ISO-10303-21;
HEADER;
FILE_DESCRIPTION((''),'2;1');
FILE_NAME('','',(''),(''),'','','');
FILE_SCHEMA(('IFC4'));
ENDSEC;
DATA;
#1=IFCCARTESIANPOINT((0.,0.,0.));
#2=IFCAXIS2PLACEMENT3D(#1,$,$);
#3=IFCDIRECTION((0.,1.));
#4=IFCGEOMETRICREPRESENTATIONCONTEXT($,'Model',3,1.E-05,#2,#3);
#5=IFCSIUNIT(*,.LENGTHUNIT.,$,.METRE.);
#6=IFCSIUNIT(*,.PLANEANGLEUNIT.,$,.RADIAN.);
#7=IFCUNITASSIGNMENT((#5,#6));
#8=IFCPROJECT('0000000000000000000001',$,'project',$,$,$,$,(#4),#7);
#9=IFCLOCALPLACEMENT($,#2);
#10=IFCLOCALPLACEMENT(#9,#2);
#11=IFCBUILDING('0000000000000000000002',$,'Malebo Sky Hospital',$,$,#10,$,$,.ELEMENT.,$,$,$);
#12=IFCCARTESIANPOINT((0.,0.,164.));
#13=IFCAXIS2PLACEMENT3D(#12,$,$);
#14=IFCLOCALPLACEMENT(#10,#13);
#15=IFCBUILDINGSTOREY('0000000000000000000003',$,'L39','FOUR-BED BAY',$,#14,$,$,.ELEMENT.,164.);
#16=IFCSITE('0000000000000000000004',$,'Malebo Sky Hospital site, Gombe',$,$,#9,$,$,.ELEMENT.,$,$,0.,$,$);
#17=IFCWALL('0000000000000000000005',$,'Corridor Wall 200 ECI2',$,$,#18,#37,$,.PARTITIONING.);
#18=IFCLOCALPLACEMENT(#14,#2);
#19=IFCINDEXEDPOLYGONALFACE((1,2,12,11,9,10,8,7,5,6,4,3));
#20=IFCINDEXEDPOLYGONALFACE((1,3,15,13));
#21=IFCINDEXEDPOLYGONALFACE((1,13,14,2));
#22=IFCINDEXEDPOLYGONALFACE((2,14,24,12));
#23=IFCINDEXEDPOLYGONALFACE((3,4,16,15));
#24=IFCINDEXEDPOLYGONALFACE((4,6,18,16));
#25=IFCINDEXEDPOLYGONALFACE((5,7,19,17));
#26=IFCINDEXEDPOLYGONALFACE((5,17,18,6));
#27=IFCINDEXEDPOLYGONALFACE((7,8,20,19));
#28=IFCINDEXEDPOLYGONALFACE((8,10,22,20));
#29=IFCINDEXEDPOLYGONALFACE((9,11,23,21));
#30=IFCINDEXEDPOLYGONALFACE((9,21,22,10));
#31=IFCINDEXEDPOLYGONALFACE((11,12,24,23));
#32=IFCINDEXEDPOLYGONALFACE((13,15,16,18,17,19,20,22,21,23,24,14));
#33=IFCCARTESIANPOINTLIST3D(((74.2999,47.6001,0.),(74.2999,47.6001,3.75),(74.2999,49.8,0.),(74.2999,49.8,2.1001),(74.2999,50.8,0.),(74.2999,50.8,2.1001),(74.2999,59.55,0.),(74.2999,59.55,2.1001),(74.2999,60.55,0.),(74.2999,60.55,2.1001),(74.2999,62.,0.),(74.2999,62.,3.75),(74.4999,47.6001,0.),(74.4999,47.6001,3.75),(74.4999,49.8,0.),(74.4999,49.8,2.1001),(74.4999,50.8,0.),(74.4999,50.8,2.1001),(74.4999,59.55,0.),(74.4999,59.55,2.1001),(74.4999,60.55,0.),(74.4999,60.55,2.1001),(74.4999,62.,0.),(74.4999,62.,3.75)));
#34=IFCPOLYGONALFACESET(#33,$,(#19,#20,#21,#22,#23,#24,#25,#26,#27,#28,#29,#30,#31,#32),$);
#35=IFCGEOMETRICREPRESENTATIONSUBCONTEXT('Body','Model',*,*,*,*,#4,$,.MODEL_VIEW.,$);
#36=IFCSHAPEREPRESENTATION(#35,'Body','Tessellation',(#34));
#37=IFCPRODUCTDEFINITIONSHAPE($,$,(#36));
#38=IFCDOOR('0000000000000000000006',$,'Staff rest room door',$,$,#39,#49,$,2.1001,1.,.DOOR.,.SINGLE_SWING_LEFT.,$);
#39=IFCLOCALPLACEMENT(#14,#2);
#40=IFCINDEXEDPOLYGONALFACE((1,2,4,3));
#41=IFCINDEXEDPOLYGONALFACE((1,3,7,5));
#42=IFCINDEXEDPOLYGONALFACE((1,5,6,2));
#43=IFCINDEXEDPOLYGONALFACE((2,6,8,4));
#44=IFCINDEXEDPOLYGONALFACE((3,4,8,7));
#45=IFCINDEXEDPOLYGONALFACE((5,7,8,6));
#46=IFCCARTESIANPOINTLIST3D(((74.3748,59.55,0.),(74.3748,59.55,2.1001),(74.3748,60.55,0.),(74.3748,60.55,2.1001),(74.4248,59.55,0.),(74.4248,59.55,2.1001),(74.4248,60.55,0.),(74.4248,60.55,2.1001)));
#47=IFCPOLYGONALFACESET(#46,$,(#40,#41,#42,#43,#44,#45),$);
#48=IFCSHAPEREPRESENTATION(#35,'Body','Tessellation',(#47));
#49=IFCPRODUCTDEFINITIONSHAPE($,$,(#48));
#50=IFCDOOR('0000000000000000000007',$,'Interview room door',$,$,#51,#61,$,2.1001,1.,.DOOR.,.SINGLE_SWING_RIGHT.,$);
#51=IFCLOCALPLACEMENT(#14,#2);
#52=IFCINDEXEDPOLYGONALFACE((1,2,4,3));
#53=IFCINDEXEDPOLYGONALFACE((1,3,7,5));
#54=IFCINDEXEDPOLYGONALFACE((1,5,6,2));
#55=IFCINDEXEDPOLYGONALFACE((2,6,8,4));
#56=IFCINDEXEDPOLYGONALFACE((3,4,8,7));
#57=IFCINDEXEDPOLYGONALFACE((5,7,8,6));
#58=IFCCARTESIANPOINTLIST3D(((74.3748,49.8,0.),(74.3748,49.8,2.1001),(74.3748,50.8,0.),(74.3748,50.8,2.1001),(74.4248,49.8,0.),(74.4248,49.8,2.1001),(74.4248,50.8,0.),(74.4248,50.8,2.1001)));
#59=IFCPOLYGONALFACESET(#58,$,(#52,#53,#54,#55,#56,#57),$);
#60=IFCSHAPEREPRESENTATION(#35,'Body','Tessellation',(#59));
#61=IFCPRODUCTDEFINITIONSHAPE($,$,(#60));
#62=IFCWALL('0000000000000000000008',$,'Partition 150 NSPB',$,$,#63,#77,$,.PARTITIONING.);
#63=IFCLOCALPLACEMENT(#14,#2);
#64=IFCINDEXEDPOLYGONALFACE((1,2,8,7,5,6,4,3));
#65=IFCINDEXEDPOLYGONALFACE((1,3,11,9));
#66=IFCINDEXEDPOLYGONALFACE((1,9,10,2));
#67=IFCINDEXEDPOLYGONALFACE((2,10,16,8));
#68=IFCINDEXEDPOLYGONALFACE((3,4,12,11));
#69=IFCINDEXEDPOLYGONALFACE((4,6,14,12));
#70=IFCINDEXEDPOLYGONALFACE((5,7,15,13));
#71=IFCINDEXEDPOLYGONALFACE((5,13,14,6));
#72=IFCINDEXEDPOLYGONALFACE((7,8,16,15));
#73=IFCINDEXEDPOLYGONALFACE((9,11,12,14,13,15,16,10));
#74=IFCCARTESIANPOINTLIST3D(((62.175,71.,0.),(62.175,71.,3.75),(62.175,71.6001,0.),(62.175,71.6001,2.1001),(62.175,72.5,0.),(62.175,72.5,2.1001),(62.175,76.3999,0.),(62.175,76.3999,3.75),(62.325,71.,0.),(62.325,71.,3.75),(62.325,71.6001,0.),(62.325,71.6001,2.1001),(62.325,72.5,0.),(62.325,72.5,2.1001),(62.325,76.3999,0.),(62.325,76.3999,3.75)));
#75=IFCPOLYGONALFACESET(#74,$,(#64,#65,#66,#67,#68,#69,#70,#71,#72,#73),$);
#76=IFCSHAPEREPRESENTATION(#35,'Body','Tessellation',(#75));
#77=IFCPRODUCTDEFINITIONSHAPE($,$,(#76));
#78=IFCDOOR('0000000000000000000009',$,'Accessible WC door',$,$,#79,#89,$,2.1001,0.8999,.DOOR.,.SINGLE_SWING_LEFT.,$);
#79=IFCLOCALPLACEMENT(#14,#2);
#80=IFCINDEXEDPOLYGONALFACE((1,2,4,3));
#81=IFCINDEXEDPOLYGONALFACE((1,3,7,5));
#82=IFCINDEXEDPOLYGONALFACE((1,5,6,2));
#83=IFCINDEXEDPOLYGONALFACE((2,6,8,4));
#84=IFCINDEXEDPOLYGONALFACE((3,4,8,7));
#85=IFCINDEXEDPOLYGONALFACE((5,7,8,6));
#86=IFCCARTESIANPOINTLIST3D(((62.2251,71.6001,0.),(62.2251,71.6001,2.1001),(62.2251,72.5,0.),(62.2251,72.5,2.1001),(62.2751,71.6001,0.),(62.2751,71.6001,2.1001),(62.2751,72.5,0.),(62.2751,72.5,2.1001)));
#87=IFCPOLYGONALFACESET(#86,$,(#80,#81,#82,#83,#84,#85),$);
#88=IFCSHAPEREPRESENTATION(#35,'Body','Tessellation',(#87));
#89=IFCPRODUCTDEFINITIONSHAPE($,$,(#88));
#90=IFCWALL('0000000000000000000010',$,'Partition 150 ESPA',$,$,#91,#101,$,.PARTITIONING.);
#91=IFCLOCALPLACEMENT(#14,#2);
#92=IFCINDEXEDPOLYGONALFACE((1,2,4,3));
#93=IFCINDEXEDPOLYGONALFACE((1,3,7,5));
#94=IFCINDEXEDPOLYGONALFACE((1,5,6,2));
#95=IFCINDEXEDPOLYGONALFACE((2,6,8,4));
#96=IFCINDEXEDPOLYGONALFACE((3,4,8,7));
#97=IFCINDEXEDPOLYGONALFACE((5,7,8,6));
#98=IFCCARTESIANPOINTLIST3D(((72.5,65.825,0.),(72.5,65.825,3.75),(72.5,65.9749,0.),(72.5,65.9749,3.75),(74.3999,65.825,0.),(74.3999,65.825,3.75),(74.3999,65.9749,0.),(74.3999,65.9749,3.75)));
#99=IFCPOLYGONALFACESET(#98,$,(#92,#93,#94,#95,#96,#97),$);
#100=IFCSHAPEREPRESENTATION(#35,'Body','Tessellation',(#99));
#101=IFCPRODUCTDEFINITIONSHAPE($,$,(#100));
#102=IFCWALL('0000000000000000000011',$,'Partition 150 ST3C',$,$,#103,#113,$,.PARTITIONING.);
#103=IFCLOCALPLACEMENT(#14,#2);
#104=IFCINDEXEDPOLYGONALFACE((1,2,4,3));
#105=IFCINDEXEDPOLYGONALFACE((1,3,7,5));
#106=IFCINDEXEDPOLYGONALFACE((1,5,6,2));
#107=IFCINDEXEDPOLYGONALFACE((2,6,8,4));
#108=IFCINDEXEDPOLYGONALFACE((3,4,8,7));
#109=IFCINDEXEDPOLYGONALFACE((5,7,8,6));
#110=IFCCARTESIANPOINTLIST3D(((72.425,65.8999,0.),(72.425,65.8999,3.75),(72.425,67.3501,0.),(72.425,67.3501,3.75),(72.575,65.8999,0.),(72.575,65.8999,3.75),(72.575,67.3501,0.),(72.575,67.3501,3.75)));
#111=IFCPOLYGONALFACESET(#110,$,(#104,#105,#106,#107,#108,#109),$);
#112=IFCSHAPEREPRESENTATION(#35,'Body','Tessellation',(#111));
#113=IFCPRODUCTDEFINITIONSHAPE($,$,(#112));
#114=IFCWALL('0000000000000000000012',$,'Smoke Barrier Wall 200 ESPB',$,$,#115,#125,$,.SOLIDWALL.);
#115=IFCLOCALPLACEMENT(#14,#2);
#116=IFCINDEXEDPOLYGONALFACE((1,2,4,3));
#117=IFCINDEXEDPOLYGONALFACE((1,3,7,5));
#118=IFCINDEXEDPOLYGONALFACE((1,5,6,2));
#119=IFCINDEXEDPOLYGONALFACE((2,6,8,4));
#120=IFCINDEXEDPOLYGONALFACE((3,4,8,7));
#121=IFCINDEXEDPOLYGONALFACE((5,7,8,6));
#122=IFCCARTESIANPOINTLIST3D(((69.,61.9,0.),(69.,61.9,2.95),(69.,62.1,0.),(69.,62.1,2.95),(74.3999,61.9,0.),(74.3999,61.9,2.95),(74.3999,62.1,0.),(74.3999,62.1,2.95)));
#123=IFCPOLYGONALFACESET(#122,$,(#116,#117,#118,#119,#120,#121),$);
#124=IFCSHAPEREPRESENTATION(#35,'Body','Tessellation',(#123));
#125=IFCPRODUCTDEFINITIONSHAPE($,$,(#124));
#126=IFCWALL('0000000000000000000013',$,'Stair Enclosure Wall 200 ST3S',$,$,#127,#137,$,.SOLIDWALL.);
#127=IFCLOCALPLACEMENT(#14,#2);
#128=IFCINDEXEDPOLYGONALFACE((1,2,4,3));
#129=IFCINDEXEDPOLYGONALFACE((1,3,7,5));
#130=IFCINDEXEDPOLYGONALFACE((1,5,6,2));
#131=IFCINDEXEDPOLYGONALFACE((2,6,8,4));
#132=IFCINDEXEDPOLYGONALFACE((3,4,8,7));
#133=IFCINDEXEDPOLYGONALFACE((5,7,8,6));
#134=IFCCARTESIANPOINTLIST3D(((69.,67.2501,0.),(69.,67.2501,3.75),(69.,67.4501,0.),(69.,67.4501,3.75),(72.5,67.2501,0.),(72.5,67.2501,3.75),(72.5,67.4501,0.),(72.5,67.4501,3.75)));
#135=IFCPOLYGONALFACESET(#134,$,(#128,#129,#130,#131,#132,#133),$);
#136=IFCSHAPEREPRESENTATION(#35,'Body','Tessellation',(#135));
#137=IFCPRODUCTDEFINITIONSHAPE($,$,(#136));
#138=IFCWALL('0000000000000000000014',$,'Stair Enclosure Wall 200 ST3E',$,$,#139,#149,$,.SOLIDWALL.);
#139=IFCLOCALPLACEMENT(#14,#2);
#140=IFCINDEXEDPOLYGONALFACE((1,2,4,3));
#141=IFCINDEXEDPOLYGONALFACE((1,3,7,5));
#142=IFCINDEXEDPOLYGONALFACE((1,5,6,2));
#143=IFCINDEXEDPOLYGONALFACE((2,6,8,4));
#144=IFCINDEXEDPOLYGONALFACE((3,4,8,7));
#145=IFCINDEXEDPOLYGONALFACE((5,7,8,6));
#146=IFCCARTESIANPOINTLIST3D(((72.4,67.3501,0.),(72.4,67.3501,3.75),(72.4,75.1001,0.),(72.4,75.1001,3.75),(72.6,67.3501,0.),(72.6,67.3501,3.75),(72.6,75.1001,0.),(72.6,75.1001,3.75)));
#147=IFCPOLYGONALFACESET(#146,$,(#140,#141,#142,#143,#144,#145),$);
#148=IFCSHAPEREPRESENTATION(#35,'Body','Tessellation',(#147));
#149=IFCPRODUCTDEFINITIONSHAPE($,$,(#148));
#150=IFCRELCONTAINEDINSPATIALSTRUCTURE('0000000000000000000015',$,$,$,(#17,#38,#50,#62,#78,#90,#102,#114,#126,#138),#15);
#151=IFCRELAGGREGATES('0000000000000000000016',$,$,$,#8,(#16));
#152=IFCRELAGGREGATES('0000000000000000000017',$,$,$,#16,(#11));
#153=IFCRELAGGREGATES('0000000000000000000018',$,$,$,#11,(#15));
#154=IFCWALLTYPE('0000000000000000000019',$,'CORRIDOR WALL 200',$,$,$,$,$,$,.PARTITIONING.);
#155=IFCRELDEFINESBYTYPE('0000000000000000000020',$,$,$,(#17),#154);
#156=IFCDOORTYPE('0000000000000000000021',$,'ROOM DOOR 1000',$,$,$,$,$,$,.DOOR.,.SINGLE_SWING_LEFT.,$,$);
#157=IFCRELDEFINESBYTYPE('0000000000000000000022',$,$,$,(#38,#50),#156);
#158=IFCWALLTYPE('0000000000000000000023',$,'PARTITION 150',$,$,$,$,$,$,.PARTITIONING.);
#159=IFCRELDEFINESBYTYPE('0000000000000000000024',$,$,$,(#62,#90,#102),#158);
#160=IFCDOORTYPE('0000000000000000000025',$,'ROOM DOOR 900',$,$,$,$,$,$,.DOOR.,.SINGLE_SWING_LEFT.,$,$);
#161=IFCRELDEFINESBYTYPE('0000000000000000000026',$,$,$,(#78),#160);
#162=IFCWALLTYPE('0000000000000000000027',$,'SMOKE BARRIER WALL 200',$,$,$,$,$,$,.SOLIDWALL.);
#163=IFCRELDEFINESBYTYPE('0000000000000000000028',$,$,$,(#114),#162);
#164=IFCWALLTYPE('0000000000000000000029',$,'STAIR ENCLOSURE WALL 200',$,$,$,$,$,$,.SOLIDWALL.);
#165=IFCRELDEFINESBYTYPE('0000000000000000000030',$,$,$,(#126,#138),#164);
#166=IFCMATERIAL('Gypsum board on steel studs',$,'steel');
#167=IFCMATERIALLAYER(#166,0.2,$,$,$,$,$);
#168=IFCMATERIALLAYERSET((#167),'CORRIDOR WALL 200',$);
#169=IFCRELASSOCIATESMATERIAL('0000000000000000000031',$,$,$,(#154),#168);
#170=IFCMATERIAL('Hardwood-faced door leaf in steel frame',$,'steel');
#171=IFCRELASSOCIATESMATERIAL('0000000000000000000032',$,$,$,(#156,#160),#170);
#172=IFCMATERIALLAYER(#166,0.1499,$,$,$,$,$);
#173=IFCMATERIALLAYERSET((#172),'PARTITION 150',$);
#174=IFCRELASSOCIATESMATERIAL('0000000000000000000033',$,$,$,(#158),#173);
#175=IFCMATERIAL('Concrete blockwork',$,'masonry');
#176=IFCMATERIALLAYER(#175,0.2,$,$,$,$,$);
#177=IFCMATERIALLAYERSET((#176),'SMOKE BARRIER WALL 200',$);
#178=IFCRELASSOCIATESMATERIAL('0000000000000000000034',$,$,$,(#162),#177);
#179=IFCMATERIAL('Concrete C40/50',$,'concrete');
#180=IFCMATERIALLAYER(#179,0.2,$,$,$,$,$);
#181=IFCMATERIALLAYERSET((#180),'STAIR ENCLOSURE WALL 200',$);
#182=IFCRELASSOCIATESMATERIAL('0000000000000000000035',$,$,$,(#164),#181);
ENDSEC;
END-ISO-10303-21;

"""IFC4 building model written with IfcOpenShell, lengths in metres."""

from ifc_helpers import new_model, si_unit, direction, frame, frame_2d, origin, place, context, subcontext, project, spatial, rectangle, extrude, material, layer, layer_set, type_object, element, fill, save


model = new_model("IFC4")

# Units and contexts
model_context = context("Model", 3, precision=1e-05, world=origin(), true_north=direction((0.0, 1.0)))
body_context = subcontext(model_context, "Body", "Model", "MODEL_VIEW")
ifc_project = project(units=[si_unit("LENGTHUNIT", "METRE"), si_unit("PLANEANGLEUNIT", "RADIAN")], contexts=[model_context])

# Site, building, storey
site_placement = place(None, origin())
site = spatial("IfcSite", under=ifc_project, at=site_placement, Name="Malebo Sky Hospital site, Gombe", CompositionType="ELEMENT", RefElevation=0.0)
building_placement = place(site_placement, origin())
building = spatial("IfcBuilding", under=site, at=building_placement, Name="Malebo Sky Hospital", CompositionType="ELEMENT")
storey_placement = place(building_placement, frame((0.0, 0.0, 164.0)))
storey = spatial("IfcBuildingStorey", under=building, at=storey_placement, Name="L39", Description="FOUR-BED BAY", CompositionType="ELEMENT", Elevation=164.0)

# Wall, openings, doors
ifc_material_1 = material(Name="Gypsum board on steel studs", Category="steel")
ifc_layer_1 = layer(ifc_material_1, 0.2)
ifc_layer_set_1 = layer_set([ifc_layer_1], Name="CORRIDOR WALL 200")
wall_type_1 = type_object("IfcWallType", Name="CORRIDOR WALL 200", PredefinedType="PARTITIONING", material=ifc_layer_set_1)
wall_1_placement = place(storey_placement, frame((74.3999, 62.0, 0.0), z_axis=(0.0, 0.0, 1.0), x_axis=(0.0, -1.0, 0.0)))
wall_1 = element("IfcWall", 1, at=wall_1_placement, inside=storey, type_object=wall_type_1, Name="Corridor Wall 200 ECI2", PredefinedType="PARTITIONING", context=body_context, shape_type="SweptSolid", body=[
    extrude(rectangle(XDim=14.3999, YDim=0.2, at=frame_2d((7.2, 0.0))), origin(), (0.0, 0.0, 1.0), 3.75),
])
opening_1_placement = place(wall_1_placement, frame((1.45, 0.0, 0.0)))
opening_1 = element("IfcOpeningElement", 2, at=opening_1_placement, cuts=wall_1, PredefinedType="OPENING", context=body_context, shape_type="SweptSolid", body=[
    extrude(rectangle(XDim=1.0, YDim=2.1001, at=frame_2d((0.5, 1.05))), frame((0.0, 0.1099, 0.0), z_axis=(0.0, -1.0, 0.0), x_axis=(1.0, 0.0, 0.0)), (0.0, 0.0, 1.0), 0.22),
])
opening_2_placement = place(wall_1_placement, frame((11.2, 0.0, 0.0)))
opening_2 = element("IfcOpeningElement", 3, at=opening_2_placement, cuts=wall_1, PredefinedType="OPENING", context=body_context, shape_type="SweptSolid", body=[
    extrude(rectangle(XDim=1.0, YDim=2.1001, at=frame_2d((0.5, 1.05))), frame((0.0, 0.1099, 0.0), z_axis=(0.0, -1.0, 0.0), x_axis=(1.0, 0.0, 0.0)), (0.0, 0.0, 1.0), 0.22),
])
ifc_material_2 = material(Name="Hardwood-faced door leaf in steel frame", Category="steel")
door_type_1 = type_object("IfcDoorType", Name="ROOM DOOR 1000", OperationType="SINGLE_SWING_LEFT", PredefinedType="DOOR", material=ifc_material_2)
door_1_placement = place(opening_1_placement, origin())
door_1 = element("IfcDoor", 4, at=door_1_placement, inside=storey, type_object=door_type_1, Name="Staff rest room door", OperationType="SINGLE_SWING_LEFT", OverallHeight=2.1001, OverallWidth=1.0, PredefinedType="DOOR", context=body_context, shape_type="SweptSolid", body=[
    extrude(rectangle(XDim=1.0, YDim=2.1001, at=frame_2d((0.5, 1.05))), frame((0.0, 0.0249, 0.0), z_axis=(0.0, -1.0, 0.0), x_axis=(1.0, 0.0, 0.0)), (0.0, 0.0, 1.0), 0.05),
])
fill(opening_1, door_1)
door_2_placement = place(opening_2_placement, origin())
door_2 = element("IfcDoor", 5, at=door_2_placement, inside=storey, type_object=door_type_1, Name="Interview room door", OperationType="SINGLE_SWING_RIGHT", OverallHeight=2.1001, OverallWidth=1.0, PredefinedType="DOOR", context=body_context, shape_type="SweptSolid", body=[
    extrude(rectangle(XDim=1.0, YDim=2.1001, at=frame_2d((0.5, 1.05))), frame((0.0, 0.0249, 0.0), z_axis=(0.0, -1.0, 0.0), x_axis=(1.0, 0.0, 0.0)), (0.0, 0.0, 1.0), 0.05),
])
fill(opening_2, door_2)

# Wall, opening, door
ifc_layer_2 = layer(ifc_material_1, 0.1499)
ifc_layer_set_2 = layer_set([ifc_layer_2], Name="PARTITION 150")
wall_type_2 = type_object("IfcWallType", Name="PARTITION 150", PredefinedType="PARTITIONING", material=ifc_layer_set_2)
wall_2_placement = place(storey_placement, frame((62.25, 71.0, 0.0), z_axis=(0.0, 0.0, 1.0), x_axis=(0.0, 1.0, 0.0)))
wall_2 = element("IfcWall", 6, at=wall_2_placement, inside=storey, type_object=wall_type_2, Name="Partition 150 NSPB", PredefinedType="PARTITIONING", context=body_context, shape_type="SweptSolid", body=[
    extrude(rectangle(XDim=5.3999, YDim=0.1499, at=frame_2d((2.7, 0.0))), origin(), (0.0, 0.0, 1.0), 3.75),
])
opening_3_placement = place(wall_2_placement, frame((0.6001, 0.0, 0.0)))
opening_3 = element("IfcOpeningElement", 7, at=opening_3_placement, cuts=wall_2, PredefinedType="OPENING", context=body_context, shape_type="SweptSolid", body=[
    extrude(rectangle(XDim=0.8999, YDim=2.1001, at=frame_2d((0.45, 1.05))), frame((0.0, 0.085, 0.0), z_axis=(0.0, -1.0, 0.0), x_axis=(1.0, 0.0, 0.0)), (0.0, 0.0, 1.0), 0.1699),
])
door_type_2 = type_object("IfcDoorType", Name="ROOM DOOR 900", OperationType="SINGLE_SWING_LEFT", PredefinedType="DOOR", material=ifc_material_2)
door_3_placement = place(opening_3_placement, origin())
door_3 = element("IfcDoor", 8, at=door_3_placement, inside=storey, type_object=door_type_2, Name="Accessible WC door", OperationType="SINGLE_SWING_LEFT", OverallHeight=2.1001, OverallWidth=0.8999, PredefinedType="DOOR", context=body_context, shape_type="SweptSolid", body=[
    extrude(rectangle(XDim=0.8999, YDim=2.1001, at=frame_2d((0.45, 1.05))), frame((0.0, 0.0249, 0.0), z_axis=(0.0, -1.0, 0.0), x_axis=(1.0, 0.0, 0.0)), (0.0, 0.0, 1.0), 0.05),
])
fill(opening_3, door_3)

# Walls
wall_3_placement = place(storey_placement, frame((72.5, 65.8999, 0.0), z_axis=(0.0, 0.0, 1.0), x_axis=(1.0, 0.0, 0.0)))
element("IfcWall", 9, at=wall_3_placement, inside=storey, type_object=wall_type_2, Name="Partition 150 ESPA", PredefinedType="PARTITIONING", context=body_context, shape_type="SweptSolid", body=[
    extrude(rectangle(XDim=1.8999, YDim=0.1499, at=frame_2d((0.95, 0.0))), origin(), (0.0, 0.0, 1.0), 3.75),
])
wall_4_placement = place(storey_placement, frame((72.5, 65.8999, 0.0), z_axis=(0.0, 0.0, 1.0), x_axis=(0.0, 1.0, 0.0)))
element("IfcWall", 10, at=wall_4_placement, inside=storey, type_object=wall_type_2, Name="Partition 150 ST3C", PredefinedType="PARTITIONING", context=body_context, shape_type="SweptSolid", body=[
    extrude(rectangle(XDim=1.4502, YDim=0.1499, at=frame_2d((0.7251, 0.0))), origin(), (0.0, 0.0, 1.0), 3.75),
])
ifc_material_3 = material(Name="Concrete blockwork", Category="masonry")
ifc_layer_3 = layer(ifc_material_3, 0.2)
ifc_layer_set_3 = layer_set([ifc_layer_3], Name="SMOKE BARRIER WALL 200")
wall_type_3 = type_object("IfcWallType", Name="SMOKE BARRIER WALL 200", PredefinedType="SOLIDWALL", material=ifc_layer_set_3)
wall_5_placement = place(storey_placement, frame((69.0, 62.0, 0.0), z_axis=(0.0, 0.0, 1.0), x_axis=(1.0, 0.0, 0.0)))
element("IfcWall", 11, at=wall_5_placement, inside=storey, type_object=wall_type_3, Name="Smoke Barrier Wall 200 ESPB", PredefinedType="SOLIDWALL", context=body_context, shape_type="SweptSolid", body=[
    extrude(rectangle(XDim=5.3999, YDim=0.2, at=frame_2d((2.7, 0.0))), origin(), (0.0, 0.0, 1.0), 2.95),
])
ifc_material_4 = material(Name="Concrete C40/50", Category="concrete")
ifc_layer_4 = layer(ifc_material_4, 0.2)
ifc_layer_set_4 = layer_set([ifc_layer_4], Name="STAIR ENCLOSURE WALL 200")
wall_type_4 = type_object("IfcWallType", Name="STAIR ENCLOSURE WALL 200", PredefinedType="SOLIDWALL", material=ifc_layer_set_4)
wall_6_placement = place(storey_placement, frame((69.0, 67.3501, 0.0), z_axis=(0.0, 0.0, 1.0), x_axis=(1.0, 0.0, 0.0)))
element("IfcWall", 12, at=wall_6_placement, inside=storey, type_object=wall_type_4, Name="Stair Enclosure Wall 200 ST3S", PredefinedType="SOLIDWALL", context=body_context, shape_type="SweptSolid", body=[
    extrude(rectangle(XDim=3.5, YDim=0.2, at=frame_2d((1.75, 0.0))), origin(), (0.0, 0.0, 1.0), 3.75),
])
wall_7_placement = place(storey_placement, frame((72.5, 67.3501, 0.0), z_axis=(0.0, 0.0, 1.0), x_axis=(0.0, 1.0, 0.0)))
element("IfcWall", 13, at=wall_7_placement, inside=storey, type_object=wall_type_4, Name="Stair Enclosure Wall 200 ST3E", PredefinedType="SOLIDWALL", context=body_context, shape_type="SweptSolid", body=[
    extrude(rectangle(XDim=7.75, YDim=0.2, at=frame_2d((3.875, 0.0))), origin(), (0.0, 0.0, 1.0), 3.75),
])

save(model, "model.ifc")
